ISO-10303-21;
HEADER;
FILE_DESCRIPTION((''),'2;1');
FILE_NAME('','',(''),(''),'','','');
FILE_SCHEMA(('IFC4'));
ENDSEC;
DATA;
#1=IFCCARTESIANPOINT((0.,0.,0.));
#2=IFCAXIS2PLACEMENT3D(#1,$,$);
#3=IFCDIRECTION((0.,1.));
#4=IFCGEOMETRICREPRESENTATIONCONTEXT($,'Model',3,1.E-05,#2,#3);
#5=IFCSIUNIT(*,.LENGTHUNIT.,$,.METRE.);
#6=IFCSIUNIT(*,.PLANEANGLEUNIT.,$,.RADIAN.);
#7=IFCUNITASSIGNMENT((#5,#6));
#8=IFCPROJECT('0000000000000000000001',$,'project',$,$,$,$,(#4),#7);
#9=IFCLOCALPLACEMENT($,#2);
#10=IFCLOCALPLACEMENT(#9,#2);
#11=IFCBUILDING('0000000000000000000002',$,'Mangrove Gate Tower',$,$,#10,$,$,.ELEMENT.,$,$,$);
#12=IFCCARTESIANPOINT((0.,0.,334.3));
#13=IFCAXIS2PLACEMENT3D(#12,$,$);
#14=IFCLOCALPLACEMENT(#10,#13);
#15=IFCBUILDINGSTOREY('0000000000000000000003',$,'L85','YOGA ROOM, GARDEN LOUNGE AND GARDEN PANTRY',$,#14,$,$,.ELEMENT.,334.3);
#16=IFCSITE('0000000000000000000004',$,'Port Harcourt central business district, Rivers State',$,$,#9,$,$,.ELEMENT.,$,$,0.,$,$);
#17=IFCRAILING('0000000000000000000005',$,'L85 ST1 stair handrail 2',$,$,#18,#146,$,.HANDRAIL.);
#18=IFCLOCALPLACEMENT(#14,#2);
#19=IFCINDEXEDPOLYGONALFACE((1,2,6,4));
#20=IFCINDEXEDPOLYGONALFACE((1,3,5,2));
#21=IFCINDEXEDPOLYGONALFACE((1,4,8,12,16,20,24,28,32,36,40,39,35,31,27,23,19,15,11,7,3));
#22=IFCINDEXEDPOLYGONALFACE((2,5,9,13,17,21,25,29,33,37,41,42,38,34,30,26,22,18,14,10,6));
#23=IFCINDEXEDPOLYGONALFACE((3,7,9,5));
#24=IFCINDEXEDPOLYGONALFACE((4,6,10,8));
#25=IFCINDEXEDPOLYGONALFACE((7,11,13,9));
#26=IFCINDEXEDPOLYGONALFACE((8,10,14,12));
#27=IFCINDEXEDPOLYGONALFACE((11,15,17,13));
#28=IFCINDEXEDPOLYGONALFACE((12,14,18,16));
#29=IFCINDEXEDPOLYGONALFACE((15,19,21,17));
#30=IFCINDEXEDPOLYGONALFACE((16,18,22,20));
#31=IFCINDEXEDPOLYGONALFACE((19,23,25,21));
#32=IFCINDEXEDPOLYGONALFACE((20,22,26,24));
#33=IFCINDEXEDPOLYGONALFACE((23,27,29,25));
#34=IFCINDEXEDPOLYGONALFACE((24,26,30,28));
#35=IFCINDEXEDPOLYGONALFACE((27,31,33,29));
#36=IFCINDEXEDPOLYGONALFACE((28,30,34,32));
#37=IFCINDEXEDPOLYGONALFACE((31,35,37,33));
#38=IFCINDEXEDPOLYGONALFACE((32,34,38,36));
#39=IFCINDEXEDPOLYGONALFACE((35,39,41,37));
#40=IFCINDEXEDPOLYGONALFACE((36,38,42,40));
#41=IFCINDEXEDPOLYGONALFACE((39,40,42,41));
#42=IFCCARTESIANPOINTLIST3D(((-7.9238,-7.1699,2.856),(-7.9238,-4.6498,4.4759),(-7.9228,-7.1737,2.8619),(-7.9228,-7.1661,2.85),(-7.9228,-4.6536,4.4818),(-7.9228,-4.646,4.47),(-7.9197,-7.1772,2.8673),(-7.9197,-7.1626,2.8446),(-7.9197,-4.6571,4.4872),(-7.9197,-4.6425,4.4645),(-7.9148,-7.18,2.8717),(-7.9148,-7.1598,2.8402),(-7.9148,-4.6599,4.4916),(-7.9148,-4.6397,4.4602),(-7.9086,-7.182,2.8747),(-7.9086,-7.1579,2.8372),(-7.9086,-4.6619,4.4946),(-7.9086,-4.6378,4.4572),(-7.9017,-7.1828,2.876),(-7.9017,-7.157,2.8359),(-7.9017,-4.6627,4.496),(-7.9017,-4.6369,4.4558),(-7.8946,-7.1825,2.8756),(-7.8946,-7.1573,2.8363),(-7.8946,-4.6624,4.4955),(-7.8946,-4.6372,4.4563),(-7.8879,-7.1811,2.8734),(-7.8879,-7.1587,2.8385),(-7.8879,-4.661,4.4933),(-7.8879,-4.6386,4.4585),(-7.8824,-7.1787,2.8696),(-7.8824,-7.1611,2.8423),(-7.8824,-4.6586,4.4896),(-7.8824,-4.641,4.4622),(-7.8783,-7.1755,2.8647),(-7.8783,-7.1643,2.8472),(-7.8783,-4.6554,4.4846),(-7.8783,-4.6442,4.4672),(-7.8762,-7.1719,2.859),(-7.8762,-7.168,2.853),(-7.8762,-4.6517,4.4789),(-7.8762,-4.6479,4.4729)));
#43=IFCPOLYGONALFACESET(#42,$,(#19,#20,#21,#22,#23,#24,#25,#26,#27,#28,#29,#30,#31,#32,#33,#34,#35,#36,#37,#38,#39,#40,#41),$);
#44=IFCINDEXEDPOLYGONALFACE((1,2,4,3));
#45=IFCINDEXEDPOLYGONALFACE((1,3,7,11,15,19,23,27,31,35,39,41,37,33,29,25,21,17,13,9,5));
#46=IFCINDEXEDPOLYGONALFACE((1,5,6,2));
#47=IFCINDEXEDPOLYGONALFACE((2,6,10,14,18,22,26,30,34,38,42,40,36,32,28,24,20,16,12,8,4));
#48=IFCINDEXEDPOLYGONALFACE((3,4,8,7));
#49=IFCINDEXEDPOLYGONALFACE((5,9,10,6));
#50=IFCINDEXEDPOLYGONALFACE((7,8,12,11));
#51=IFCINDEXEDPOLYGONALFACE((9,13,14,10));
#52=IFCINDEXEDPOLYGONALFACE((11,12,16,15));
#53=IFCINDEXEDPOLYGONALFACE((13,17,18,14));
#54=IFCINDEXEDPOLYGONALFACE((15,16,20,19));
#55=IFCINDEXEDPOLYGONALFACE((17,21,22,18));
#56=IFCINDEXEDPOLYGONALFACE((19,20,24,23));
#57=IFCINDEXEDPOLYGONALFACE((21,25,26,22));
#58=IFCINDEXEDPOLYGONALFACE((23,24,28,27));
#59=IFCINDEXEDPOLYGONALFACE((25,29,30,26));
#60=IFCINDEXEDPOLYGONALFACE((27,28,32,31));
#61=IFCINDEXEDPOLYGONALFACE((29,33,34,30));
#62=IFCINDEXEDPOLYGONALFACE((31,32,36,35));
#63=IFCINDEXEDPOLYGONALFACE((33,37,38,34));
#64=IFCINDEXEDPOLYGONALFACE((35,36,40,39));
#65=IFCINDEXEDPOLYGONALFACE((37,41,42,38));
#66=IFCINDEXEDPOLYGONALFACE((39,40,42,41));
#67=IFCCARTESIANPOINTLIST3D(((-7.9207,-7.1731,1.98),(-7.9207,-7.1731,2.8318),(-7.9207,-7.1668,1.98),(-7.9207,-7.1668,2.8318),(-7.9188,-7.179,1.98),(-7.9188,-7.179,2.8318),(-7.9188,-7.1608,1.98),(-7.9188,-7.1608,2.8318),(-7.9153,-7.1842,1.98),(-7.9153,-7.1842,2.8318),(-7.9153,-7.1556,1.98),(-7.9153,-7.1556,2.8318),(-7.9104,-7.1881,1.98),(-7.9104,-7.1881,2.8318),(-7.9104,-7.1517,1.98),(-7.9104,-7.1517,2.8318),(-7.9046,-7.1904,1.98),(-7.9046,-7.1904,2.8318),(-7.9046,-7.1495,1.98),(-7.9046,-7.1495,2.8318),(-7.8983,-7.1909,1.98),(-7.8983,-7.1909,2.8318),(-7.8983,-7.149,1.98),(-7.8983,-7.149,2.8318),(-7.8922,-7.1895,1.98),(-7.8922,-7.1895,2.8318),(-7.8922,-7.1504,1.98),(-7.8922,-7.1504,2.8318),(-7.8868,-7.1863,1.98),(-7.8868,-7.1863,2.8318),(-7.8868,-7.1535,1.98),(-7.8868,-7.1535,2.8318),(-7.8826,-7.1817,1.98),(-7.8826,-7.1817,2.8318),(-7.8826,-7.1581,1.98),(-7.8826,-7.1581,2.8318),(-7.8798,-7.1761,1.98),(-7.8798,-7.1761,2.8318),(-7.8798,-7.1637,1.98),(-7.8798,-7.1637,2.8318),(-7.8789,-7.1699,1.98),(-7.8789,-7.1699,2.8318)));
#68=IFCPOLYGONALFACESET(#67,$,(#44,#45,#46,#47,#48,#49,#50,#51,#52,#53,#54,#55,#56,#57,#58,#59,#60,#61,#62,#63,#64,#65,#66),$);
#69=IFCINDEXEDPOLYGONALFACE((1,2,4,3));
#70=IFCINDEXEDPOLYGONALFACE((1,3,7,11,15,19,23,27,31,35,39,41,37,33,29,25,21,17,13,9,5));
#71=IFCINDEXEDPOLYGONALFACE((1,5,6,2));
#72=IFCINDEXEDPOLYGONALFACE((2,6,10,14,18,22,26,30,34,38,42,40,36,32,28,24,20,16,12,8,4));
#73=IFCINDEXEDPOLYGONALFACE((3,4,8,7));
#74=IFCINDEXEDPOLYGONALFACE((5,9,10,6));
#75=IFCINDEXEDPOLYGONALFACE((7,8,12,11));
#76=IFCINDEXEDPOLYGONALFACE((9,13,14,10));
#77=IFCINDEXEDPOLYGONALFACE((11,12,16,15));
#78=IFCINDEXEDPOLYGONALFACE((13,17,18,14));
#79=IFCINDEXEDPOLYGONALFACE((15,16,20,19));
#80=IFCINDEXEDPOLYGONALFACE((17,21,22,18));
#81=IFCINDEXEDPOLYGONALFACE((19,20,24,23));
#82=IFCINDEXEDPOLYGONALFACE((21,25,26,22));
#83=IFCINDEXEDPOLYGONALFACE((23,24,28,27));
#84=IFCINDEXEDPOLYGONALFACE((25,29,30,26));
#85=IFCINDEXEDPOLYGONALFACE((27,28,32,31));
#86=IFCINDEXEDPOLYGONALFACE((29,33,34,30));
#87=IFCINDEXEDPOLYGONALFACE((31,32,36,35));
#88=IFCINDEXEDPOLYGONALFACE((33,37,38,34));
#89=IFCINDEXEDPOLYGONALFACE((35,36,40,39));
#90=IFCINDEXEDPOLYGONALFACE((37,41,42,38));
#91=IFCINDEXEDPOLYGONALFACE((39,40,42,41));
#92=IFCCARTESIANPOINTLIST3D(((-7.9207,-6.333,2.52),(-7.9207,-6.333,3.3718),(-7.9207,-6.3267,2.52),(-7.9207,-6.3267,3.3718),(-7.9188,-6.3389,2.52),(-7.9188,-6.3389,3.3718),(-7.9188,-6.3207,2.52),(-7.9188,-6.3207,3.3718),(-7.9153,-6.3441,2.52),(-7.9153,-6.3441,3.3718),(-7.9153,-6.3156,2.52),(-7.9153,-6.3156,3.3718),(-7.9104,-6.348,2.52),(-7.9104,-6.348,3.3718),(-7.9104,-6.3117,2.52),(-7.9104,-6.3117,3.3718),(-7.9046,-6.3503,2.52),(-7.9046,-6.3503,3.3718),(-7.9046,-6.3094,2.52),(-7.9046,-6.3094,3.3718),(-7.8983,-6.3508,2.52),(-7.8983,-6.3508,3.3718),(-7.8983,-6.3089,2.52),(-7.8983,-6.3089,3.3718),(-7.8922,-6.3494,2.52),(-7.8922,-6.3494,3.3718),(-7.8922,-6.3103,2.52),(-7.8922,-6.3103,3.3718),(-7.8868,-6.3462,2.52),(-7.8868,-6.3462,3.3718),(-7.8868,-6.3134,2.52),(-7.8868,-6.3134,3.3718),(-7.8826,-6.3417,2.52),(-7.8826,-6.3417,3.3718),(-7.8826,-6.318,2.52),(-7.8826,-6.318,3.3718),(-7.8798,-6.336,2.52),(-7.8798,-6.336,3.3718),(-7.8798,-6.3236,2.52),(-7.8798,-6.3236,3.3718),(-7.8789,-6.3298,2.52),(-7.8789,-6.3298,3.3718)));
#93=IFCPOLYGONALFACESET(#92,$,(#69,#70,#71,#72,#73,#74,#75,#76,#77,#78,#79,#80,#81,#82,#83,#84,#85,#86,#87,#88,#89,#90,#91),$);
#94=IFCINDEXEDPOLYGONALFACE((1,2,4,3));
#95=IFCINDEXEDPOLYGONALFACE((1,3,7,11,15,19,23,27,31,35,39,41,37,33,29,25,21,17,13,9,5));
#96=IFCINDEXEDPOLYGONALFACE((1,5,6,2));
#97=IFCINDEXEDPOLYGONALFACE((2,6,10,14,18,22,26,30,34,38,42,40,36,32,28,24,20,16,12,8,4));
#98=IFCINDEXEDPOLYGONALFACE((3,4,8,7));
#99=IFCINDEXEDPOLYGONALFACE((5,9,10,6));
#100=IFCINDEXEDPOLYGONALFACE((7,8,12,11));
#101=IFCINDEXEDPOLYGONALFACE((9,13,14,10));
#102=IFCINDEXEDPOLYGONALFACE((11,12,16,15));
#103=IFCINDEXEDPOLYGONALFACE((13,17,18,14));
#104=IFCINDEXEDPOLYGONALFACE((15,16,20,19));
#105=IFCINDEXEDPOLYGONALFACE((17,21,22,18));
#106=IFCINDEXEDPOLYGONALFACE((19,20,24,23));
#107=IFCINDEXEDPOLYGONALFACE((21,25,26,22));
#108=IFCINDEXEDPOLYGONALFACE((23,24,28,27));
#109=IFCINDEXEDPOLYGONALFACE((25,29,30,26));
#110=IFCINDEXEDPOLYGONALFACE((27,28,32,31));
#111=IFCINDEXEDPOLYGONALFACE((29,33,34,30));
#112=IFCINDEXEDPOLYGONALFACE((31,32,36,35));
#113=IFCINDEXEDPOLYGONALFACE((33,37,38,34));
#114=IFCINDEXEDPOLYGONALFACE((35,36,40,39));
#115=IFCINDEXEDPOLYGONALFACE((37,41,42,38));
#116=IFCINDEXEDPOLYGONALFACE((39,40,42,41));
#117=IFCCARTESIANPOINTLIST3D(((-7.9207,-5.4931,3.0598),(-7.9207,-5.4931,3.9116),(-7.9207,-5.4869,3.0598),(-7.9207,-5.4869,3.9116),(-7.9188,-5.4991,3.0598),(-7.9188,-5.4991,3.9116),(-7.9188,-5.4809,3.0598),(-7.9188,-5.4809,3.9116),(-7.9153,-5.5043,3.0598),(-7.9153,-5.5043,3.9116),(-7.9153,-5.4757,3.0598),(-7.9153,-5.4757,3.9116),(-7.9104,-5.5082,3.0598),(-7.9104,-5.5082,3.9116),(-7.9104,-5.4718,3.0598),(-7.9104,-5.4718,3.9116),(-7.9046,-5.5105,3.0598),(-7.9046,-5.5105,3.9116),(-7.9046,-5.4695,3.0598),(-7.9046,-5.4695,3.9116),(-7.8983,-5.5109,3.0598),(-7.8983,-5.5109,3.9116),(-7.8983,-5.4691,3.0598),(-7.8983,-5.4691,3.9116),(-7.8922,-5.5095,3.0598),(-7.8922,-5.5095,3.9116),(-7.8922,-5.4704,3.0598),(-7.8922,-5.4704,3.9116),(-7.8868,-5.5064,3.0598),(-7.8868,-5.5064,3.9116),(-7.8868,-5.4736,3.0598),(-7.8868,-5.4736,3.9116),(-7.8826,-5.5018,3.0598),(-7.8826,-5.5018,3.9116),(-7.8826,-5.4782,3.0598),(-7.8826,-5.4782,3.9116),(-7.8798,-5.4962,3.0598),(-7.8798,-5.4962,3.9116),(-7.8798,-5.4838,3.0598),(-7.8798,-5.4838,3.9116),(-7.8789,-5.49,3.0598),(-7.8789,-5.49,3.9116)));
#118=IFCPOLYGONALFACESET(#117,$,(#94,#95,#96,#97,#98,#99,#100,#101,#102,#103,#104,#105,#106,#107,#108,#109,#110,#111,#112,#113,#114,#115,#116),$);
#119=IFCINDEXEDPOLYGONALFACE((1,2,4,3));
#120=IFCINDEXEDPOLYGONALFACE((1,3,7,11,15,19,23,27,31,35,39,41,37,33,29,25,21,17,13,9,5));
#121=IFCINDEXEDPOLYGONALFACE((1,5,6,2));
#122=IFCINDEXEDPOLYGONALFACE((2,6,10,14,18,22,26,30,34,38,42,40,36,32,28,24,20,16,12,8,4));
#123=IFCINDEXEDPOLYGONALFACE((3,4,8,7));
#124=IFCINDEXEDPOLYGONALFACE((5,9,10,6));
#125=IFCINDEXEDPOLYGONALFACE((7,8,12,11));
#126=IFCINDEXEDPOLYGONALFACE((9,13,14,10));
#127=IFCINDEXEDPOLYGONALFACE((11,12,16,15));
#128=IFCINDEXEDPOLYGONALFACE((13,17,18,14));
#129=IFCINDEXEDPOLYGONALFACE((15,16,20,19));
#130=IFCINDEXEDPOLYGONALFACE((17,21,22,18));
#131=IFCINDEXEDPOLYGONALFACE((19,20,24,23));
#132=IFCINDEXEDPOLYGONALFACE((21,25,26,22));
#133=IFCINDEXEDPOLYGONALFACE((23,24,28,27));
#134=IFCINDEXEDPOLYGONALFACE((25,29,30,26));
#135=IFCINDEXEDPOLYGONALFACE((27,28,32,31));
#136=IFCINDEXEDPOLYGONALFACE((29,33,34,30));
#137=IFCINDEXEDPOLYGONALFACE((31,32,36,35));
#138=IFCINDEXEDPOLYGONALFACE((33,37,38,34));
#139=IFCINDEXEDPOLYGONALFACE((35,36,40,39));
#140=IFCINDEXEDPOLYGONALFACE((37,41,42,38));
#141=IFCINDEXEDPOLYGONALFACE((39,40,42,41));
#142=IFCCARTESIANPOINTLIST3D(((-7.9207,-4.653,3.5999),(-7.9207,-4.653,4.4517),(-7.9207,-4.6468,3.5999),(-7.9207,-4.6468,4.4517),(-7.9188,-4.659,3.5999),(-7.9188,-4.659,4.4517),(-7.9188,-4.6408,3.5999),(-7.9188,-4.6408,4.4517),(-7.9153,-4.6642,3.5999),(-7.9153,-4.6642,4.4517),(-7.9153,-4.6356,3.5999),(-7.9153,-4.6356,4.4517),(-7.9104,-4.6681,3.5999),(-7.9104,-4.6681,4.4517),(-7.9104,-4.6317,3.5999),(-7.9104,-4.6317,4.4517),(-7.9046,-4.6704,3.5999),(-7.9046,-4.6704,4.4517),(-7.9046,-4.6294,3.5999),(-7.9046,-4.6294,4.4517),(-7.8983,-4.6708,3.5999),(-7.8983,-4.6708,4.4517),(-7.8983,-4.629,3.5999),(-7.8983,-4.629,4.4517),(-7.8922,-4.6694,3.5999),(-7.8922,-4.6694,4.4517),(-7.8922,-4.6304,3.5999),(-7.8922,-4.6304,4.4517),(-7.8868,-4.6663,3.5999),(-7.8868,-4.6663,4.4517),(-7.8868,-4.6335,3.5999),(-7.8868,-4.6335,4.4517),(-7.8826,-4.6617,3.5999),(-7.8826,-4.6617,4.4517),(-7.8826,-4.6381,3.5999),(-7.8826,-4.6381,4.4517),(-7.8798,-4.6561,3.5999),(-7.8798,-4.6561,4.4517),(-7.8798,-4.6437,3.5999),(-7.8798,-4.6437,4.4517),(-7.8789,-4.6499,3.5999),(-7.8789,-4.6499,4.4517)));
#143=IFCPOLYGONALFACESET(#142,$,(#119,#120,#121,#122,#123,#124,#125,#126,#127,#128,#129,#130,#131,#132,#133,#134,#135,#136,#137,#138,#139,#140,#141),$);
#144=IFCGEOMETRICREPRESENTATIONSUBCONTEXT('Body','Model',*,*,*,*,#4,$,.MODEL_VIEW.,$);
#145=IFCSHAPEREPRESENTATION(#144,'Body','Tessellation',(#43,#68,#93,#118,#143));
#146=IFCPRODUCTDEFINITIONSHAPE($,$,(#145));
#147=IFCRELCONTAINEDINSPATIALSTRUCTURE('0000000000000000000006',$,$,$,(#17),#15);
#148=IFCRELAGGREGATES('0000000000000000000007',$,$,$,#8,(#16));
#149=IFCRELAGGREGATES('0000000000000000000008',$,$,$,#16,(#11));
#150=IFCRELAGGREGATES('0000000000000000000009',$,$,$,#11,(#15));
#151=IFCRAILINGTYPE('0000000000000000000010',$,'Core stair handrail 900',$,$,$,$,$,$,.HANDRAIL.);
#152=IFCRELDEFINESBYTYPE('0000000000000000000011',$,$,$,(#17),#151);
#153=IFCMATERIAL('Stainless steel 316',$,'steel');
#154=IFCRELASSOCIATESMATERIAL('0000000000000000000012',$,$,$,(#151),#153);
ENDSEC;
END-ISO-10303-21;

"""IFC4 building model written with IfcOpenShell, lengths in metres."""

from ifc_helpers import new_model, si_unit, direction, frame, origin, origin_2d, place, context, subcontext, project, spatial, circle, extrude, material, type_object, element, save


model = new_model("IFC4")

# Units and contexts
model_context = context("Model", 3, precision=1e-05, world=origin(), true_north=direction((0.0, 1.0)))
body_context = subcontext(model_context, "Body", "Model", "MODEL_VIEW")
ifc_project = project(units=[si_unit("LENGTHUNIT", "METRE"), si_unit("PLANEANGLEUNIT", "RADIAN")], contexts=[model_context])

# Site, building, storey
site_placement = place(None, origin())
site = spatial("IfcSite", under=ifc_project, at=site_placement, Name="Port Harcourt central business district, Rivers State", CompositionType="ELEMENT", RefElevation=0.0)
building_placement = place(site_placement, origin())
building = spatial("IfcBuilding", under=site, at=building_placement, Name="Mangrove Gate Tower", CompositionType="ELEMENT")
storey_placement = place(building_placement, frame((0.0, 0.0, 334.3)))
storey = spatial("IfcBuildingStorey", under=building, at=storey_placement, Name="L85", Description="YOGA ROOM, GARDEN LOUNGE AND GARDEN PANTRY", CompositionType="ELEMENT", Elevation=334.3)

# Railing
ifc_material_1 = material(Name="Stainless steel 316", Category="steel")
railing_type_1 = type_object("IfcRailingType", Name="Core stair handrail 900", PredefinedType="HANDRAIL", material=ifc_material_1)
railing_1_placement = place(storey_placement, frame((-7.8999, -7.1699, 1.98)))
element("IfcRailing", 1, at=railing_1_placement, inside=storey, type_object=railing_type_1, Name="L85 ST1 stair handrail 2", PredefinedType="HANDRAIL", context=body_context, shape_type="SweptSolid", body=[
    extrude(circle(Radius=0.0239, at=origin_2d()), frame((0.0, 0.0, 0.876), z_axis=(0.0, 0.8412, 0.540725), x_axis=(-1.0, 0.0, 0.0)), (0.0, 0.0, 1.0), 2.9958),
    extrude(circle(Radius=0.021, at=origin_2d()), origin(), (0.0, 0.0, 1.0), 0.8518),
    extrude(circle(Radius=0.021, at=origin_2d()), frame((0.0, 0.8401, 0.54)), (0.0, 0.0, 1.0), 0.8518),
    extrude(circle(Radius=0.021, at=origin_2d()), frame((0.0, 1.6799, 1.0798)), (0.0, 0.0, 1.0), 0.8518),
    extrude(circle(Radius=0.021, at=origin_2d()), frame((0.0, 2.52, 1.6199)), (0.0, 0.0, 1.0), 0.8518),
])

save(model, "model.ifc")
